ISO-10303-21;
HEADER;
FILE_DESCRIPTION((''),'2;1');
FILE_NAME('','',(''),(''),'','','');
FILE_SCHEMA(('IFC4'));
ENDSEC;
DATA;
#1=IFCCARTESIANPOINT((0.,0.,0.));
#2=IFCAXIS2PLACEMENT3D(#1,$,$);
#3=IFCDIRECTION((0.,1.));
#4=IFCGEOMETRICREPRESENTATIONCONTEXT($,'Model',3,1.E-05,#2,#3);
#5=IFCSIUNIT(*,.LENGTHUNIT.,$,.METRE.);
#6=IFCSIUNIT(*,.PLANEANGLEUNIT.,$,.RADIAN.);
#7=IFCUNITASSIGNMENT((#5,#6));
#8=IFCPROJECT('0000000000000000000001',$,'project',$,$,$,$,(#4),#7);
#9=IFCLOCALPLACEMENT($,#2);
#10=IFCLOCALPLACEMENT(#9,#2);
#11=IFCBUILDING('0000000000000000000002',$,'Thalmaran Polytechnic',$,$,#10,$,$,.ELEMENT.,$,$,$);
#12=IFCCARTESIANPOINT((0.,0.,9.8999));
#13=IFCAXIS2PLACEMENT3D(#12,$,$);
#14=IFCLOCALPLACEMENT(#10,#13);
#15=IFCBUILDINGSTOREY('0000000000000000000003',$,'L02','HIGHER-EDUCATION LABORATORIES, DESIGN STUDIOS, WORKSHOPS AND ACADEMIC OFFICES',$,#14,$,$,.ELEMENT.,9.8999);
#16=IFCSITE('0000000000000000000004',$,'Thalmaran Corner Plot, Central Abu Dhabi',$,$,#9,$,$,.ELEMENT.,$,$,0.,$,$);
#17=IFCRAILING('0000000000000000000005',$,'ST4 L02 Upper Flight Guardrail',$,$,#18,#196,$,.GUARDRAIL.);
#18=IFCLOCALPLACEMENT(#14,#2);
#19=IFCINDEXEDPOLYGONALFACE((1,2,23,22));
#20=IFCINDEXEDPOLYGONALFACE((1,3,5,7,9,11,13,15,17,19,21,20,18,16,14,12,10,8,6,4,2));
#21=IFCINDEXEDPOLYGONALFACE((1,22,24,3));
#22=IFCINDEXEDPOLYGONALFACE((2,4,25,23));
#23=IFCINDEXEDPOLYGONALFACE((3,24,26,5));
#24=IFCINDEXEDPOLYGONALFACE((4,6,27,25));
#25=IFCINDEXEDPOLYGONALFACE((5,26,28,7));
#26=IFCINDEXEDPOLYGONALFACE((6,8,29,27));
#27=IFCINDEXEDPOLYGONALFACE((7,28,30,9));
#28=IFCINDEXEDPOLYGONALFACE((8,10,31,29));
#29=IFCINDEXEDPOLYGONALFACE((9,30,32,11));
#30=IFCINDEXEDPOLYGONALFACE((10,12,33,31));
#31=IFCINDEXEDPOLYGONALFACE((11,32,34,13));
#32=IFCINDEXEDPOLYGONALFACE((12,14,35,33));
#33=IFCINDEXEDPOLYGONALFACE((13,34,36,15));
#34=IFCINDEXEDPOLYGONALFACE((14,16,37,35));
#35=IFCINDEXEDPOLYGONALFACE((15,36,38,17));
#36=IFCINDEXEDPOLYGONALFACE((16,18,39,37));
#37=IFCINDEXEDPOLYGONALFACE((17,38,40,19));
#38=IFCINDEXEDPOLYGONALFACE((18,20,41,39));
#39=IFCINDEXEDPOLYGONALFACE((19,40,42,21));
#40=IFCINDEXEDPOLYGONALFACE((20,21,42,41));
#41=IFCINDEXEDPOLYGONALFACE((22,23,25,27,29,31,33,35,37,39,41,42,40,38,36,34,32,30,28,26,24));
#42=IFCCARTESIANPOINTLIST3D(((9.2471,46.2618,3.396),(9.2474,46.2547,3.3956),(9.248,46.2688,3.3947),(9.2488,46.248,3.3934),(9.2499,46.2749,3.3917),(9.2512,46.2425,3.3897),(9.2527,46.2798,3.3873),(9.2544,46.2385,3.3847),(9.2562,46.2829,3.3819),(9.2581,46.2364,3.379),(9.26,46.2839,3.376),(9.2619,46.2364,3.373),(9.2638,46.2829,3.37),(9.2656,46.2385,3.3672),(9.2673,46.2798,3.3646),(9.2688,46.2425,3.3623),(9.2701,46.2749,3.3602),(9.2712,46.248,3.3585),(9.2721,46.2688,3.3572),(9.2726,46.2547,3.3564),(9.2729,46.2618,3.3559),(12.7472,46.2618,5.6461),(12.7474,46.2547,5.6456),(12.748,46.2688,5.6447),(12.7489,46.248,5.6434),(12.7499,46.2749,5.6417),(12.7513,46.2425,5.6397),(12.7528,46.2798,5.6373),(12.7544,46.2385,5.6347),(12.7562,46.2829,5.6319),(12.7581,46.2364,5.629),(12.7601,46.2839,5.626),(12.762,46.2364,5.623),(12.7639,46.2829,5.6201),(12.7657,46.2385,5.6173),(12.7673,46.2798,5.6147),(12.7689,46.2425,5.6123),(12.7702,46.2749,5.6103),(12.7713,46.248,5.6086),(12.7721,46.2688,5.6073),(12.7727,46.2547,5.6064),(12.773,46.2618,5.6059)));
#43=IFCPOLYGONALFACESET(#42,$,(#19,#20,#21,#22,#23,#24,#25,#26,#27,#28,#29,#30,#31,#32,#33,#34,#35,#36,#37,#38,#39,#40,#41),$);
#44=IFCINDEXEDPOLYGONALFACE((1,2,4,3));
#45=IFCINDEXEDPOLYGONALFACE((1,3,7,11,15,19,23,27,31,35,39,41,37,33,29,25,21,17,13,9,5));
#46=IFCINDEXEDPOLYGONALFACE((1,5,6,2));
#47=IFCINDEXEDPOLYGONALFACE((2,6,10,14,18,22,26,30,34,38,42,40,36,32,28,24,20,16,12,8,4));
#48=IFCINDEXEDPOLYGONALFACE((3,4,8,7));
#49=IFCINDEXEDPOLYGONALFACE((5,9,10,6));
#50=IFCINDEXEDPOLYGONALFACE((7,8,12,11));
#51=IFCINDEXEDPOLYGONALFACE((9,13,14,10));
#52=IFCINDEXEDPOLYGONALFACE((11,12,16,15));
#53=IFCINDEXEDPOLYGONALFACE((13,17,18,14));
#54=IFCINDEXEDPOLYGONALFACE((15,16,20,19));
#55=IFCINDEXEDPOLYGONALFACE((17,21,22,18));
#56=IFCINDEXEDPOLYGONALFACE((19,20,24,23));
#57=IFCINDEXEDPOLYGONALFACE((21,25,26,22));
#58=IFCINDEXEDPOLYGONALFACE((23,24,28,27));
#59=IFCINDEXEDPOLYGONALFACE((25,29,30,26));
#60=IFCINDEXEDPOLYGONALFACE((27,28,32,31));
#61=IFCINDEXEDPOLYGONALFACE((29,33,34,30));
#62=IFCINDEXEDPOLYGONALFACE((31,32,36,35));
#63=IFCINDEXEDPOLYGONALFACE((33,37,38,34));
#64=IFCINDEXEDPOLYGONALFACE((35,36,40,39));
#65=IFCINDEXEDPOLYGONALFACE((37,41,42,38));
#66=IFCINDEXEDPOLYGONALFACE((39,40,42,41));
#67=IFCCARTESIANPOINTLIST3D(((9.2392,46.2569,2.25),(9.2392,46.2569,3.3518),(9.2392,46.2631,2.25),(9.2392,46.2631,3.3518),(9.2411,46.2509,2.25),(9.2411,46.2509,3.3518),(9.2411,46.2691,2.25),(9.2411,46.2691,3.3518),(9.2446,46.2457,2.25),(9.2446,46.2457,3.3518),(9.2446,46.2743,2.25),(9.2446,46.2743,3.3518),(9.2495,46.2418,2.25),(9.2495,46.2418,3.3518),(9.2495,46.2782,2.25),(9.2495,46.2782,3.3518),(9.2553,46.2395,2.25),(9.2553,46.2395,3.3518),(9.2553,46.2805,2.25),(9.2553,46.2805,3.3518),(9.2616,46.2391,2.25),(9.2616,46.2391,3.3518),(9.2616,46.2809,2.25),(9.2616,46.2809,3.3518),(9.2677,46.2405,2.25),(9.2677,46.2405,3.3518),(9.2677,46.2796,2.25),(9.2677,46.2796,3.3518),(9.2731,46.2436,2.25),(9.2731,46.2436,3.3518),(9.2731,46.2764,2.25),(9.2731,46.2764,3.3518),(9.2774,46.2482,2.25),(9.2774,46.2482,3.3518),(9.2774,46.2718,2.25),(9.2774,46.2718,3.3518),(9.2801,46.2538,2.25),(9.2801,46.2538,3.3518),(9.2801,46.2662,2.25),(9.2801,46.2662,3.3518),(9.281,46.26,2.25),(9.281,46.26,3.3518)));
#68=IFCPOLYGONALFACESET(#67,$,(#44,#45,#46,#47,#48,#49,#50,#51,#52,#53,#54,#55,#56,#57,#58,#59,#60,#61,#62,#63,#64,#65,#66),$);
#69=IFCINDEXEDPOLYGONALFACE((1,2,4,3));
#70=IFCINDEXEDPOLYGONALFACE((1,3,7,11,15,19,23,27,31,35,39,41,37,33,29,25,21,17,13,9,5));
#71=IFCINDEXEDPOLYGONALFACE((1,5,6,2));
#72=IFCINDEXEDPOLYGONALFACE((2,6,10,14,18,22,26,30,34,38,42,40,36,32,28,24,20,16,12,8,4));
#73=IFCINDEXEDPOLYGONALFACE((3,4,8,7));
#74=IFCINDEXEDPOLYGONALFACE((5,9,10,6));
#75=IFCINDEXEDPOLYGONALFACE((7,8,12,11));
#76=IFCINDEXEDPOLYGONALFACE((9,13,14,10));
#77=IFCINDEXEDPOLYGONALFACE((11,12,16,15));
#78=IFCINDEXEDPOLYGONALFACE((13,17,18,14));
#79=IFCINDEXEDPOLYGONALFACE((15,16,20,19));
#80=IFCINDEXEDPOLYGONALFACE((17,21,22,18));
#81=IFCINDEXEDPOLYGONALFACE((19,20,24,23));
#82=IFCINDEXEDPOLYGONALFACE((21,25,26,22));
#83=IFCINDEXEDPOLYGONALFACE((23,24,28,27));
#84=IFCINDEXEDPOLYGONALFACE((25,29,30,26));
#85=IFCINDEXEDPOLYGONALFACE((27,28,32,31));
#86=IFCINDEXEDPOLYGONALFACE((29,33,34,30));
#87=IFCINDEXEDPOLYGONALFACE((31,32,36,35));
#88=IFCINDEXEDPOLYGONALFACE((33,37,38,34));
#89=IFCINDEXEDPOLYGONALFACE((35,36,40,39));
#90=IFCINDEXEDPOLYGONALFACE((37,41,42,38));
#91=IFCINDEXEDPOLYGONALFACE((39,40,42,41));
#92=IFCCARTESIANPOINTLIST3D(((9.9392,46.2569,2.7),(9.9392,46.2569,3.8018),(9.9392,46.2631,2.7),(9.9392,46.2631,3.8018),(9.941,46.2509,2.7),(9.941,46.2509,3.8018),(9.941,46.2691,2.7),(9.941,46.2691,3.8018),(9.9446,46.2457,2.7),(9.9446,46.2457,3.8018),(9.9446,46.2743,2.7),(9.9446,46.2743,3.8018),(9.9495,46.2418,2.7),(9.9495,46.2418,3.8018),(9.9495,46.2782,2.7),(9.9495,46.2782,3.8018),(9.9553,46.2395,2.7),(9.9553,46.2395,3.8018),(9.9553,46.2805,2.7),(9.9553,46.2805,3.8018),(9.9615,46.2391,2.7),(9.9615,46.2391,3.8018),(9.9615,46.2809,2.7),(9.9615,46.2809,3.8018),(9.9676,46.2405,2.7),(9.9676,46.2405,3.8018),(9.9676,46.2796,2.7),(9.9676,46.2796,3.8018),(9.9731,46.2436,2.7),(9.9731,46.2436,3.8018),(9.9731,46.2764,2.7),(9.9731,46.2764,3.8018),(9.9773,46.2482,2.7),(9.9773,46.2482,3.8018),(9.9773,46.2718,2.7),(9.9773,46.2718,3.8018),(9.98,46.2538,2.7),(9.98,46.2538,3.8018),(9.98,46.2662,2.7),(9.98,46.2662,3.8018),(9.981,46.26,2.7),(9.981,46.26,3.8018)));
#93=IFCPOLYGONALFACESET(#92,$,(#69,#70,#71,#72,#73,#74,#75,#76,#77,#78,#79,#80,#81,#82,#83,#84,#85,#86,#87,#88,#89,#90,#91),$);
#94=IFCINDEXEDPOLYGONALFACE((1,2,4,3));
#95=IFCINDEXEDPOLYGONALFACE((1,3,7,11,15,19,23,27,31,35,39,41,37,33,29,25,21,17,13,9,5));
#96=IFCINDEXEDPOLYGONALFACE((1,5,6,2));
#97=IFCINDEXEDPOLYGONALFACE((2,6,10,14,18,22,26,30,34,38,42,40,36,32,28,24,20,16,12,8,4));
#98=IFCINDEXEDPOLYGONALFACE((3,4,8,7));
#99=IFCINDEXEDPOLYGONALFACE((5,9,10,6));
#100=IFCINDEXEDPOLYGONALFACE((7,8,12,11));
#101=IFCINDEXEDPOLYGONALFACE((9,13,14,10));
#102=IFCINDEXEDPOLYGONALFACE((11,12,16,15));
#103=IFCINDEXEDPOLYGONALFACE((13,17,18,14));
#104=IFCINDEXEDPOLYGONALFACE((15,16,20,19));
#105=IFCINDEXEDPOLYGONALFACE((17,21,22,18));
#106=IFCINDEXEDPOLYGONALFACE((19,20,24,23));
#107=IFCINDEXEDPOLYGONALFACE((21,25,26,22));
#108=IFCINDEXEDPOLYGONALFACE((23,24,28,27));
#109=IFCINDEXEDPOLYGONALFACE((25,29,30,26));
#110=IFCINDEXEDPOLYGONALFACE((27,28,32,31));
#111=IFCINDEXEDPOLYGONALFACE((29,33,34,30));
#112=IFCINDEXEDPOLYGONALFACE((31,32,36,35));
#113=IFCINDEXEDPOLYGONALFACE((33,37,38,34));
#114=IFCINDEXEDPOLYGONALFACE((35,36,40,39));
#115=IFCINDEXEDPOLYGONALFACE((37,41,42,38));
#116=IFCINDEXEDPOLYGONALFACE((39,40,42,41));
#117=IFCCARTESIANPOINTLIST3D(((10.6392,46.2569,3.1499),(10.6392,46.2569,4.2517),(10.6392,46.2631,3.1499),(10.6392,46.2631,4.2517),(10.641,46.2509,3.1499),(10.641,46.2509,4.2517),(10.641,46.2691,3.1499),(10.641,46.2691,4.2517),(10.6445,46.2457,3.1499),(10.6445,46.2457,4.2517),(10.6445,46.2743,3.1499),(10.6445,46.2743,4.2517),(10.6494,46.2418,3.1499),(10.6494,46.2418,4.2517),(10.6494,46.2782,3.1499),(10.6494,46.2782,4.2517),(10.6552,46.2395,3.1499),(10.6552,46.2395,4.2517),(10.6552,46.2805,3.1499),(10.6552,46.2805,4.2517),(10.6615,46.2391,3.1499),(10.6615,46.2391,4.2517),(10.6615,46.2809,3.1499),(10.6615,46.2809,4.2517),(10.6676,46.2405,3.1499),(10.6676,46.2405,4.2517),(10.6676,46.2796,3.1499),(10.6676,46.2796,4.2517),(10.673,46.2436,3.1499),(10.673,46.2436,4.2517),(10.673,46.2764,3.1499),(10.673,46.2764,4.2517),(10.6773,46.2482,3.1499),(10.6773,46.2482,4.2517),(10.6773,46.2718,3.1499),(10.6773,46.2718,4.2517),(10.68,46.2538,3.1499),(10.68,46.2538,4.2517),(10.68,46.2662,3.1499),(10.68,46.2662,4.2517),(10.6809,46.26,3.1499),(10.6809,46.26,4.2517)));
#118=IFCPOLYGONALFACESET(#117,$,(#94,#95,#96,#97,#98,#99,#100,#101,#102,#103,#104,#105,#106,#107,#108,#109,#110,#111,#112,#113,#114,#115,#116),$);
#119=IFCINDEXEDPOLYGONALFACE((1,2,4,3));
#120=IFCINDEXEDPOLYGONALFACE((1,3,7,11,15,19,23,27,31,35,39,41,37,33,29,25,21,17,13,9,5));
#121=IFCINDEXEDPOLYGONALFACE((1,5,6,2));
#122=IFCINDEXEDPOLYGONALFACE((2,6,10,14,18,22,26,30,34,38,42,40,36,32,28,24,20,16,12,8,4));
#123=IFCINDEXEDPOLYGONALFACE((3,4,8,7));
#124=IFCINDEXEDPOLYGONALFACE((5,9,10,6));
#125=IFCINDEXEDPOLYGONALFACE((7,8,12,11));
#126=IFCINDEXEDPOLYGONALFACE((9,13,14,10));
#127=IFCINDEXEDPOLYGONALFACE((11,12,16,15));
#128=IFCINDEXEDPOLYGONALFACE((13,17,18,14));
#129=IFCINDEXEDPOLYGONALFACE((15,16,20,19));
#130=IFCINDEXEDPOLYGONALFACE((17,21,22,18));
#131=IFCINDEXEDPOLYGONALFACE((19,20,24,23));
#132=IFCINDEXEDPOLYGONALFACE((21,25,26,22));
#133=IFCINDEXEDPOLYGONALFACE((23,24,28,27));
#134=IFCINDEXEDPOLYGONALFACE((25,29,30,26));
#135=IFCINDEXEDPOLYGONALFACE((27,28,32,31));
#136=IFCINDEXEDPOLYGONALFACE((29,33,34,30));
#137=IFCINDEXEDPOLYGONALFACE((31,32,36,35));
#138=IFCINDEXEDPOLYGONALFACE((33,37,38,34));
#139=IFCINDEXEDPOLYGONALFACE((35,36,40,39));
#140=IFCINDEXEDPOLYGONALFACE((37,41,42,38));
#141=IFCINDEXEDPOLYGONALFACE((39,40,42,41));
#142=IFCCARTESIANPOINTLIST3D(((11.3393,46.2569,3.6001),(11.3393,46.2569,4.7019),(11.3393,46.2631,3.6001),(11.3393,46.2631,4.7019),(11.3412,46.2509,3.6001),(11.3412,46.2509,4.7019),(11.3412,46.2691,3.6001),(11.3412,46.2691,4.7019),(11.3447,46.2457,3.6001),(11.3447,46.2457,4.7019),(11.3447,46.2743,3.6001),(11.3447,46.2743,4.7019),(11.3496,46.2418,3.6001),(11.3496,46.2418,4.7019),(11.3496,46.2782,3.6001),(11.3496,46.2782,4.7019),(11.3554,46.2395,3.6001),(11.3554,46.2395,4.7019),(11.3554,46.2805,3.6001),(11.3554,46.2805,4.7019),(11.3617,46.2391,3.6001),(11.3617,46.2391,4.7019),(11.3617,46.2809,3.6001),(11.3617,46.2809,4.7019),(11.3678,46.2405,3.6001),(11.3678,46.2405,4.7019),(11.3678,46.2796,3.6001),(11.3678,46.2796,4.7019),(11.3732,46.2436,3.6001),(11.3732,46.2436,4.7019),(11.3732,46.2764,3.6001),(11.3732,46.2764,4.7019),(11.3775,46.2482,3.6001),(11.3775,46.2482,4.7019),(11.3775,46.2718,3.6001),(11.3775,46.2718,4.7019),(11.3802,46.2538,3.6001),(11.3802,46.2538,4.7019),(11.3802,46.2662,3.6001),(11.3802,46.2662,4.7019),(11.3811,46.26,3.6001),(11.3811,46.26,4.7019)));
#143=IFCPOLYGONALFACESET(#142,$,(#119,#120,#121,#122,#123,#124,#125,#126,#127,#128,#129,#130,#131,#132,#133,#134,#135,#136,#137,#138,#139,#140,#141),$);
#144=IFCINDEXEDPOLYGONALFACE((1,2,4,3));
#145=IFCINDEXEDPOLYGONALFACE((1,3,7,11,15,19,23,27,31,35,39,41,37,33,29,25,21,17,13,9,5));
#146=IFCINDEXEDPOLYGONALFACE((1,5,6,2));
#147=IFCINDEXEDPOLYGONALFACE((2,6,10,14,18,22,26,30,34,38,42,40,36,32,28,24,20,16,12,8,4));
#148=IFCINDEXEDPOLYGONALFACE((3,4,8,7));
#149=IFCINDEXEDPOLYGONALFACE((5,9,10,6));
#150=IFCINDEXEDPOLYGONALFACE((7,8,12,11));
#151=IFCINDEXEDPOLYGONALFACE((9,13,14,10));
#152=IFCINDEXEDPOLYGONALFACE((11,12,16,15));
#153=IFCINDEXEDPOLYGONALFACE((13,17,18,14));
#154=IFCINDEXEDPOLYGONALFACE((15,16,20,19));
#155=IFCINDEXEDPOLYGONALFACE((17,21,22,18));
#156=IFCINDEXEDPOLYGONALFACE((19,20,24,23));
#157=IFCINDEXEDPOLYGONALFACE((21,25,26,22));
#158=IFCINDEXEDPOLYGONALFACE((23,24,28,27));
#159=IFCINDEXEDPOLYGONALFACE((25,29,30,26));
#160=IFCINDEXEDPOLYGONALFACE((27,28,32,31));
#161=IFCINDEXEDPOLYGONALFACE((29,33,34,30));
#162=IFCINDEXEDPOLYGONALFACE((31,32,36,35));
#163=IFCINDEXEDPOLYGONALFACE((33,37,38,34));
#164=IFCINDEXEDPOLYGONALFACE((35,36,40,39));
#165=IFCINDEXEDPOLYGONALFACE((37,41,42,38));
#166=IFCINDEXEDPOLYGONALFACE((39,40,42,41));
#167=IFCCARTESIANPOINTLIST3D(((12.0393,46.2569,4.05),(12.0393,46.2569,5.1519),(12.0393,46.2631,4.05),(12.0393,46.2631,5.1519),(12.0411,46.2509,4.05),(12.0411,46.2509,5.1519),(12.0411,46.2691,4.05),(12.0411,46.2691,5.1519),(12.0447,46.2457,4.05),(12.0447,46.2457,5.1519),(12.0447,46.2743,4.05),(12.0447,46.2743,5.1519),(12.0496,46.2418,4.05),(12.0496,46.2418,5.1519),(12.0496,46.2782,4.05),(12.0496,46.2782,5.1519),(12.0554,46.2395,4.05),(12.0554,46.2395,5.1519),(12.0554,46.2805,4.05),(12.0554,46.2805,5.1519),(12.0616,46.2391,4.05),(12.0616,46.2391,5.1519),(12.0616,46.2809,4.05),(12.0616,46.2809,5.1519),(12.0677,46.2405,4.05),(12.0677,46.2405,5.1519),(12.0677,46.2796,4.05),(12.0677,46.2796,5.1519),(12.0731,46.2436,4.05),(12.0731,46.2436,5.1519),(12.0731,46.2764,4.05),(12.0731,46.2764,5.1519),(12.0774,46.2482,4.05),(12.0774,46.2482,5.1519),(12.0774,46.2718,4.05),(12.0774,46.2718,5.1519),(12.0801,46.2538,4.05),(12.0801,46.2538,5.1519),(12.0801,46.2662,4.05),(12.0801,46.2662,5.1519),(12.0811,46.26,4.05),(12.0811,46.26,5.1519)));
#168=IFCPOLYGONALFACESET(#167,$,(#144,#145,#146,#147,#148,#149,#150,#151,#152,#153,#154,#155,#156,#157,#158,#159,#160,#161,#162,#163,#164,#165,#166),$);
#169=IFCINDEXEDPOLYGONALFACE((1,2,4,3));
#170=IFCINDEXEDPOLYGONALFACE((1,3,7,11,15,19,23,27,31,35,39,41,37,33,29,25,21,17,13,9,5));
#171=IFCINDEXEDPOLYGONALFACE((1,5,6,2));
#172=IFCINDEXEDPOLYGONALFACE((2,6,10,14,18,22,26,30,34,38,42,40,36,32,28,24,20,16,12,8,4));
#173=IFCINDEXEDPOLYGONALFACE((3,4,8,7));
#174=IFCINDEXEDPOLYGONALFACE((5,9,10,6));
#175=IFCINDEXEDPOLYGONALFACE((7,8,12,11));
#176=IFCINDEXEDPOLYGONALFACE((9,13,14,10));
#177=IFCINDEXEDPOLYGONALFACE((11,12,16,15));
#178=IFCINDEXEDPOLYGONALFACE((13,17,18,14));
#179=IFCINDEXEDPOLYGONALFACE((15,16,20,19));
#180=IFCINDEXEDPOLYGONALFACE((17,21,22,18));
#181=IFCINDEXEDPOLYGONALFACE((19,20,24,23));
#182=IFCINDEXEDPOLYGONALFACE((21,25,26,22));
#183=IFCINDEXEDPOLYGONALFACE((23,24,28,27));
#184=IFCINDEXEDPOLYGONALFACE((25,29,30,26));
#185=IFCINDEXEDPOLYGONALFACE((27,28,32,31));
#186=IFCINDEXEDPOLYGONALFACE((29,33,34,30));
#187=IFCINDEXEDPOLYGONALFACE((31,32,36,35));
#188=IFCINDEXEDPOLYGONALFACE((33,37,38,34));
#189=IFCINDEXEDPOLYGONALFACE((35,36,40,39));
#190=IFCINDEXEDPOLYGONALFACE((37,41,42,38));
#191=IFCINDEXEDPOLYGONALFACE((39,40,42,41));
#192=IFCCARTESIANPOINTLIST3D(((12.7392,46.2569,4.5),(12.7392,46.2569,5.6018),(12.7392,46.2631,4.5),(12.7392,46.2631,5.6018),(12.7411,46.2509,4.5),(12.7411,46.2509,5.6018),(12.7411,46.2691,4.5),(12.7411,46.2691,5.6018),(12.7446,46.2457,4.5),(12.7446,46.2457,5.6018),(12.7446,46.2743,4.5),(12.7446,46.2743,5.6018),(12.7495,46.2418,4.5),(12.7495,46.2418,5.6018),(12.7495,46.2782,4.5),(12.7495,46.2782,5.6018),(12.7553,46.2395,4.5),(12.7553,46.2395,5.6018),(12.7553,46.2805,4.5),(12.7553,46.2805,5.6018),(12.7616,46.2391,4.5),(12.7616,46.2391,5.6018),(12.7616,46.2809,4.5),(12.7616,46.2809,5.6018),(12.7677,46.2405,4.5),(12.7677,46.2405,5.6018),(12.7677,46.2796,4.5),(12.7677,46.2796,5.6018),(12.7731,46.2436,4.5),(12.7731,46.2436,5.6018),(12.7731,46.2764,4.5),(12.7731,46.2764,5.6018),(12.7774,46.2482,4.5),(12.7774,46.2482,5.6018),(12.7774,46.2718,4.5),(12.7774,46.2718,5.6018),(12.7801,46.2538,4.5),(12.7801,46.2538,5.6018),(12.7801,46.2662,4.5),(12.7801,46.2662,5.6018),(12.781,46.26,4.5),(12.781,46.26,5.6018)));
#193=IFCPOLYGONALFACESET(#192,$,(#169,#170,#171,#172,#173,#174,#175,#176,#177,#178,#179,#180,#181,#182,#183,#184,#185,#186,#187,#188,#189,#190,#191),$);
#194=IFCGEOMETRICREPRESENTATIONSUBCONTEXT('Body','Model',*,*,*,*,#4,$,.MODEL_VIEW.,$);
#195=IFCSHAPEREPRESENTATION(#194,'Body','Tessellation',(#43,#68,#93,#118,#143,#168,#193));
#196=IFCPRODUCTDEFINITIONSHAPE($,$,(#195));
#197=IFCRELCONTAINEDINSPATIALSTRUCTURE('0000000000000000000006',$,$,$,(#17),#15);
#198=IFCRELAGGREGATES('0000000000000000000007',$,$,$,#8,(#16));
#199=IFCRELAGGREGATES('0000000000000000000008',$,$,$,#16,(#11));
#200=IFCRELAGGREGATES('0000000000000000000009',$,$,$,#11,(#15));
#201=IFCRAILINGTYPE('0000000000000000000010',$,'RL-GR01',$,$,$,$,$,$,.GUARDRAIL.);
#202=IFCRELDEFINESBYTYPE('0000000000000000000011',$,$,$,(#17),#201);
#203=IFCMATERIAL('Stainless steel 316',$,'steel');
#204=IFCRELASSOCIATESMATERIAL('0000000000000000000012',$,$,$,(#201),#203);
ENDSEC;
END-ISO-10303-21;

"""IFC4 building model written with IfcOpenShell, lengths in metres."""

from ifc_helpers import new_model, si_unit, direction, frame, origin, origin_2d, place, context, subcontext, project, spatial, circle, extrude, material, type_object, element, save


model = new_model("IFC4")

# Units and contexts
model_context = context("Model", 3, precision=1e-05, world=origin(), true_north=direction((0.0, 1.0)))
body_context = subcontext(model_context, "Body", "Model", "MODEL_VIEW")
ifc_project = project(units=[si_unit("LENGTHUNIT", "METRE"), si_unit("PLANEANGLEUNIT", "RADIAN")], contexts=[model_context])

# Site, building, storey
site_placement = place(None, origin())
site = spatial("IfcSite", under=ifc_project, at=site_placement, Name="Thalmaran Corner Plot, Central Abu Dhabi", CompositionType="ELEMENT", RefElevation=0.0)
building_placement = place(site_placement, origin())
building = spatial("IfcBuilding", under=site, at=building_placement, Name="Thalmaran Polytechnic", CompositionType="ELEMENT")
storey_placement = place(building_placement, frame((0.0, 0.0, 9.8999)))
storey = spatial("IfcBuildingStorey", under=building, at=storey_placement, Name="L02", Description="HIGHER-EDUCATION LABORATORIES, DESIGN STUDIOS, WORKSHOPS AND ACADEMIC OFFICES", CompositionType="ELEMENT", Elevation=9.8999)

# Railing
ifc_material_1 = material(Name="Stainless steel 316", Category="steel")
railing_type_1 = type_object("IfcRailingType", Name="RL-GR01", PredefinedType="GUARDRAIL", material=ifc_material_1)
railing_1_placement = place(storey_placement, frame((9.26, 46.26, 2.25)))
element("IfcRailing", 1, at=railing_1_placement, inside=storey, type_object=railing_type_1, Name="ST4 L02 Upper Flight Guardrail", PredefinedType="GUARDRAIL", context=body_context, shape_type="SweptSolid", body=[
    extrude(circle(Radius=0.0239, at=origin_2d()), frame((0.0, 0.0, 1.126), z_axis=(0.841178, 0.0, 0.540758), x_axis=(0.0, 1.0, 0.0)), (0.0, 0.0, 1.0), 4.1609),
    extrude(circle(Radius=0.021, at=origin_2d()), origin(), (0.0, 0.0, 1.0), 1.1018),
    extrude(circle(Radius=0.021, at=origin_2d()), frame((0.7, 0.0, 0.45)), (0.0, 0.0, 1.0), 1.1018),
    extrude(circle(Radius=0.021, at=origin_2d()), frame((1.3999, 0.0, 0.8999)), (0.0, 0.0, 1.0), 1.1018),
    extrude(circle(Radius=0.021, at=origin_2d()), frame((2.1001, 0.0, 1.3501)), (0.0, 0.0, 1.0), 1.1018),
    extrude(circle(Radius=0.021, at=origin_2d()), frame((2.8, 0.0, 1.8)), (0.0, 0.0, 1.0), 1.1018),
    extrude(circle(Radius=0.021, at=origin_2d()), frame((3.5, 0.0, 2.25)), (0.0, 0.0, 1.0), 1.1018),
])

save(model, "model.ifc")
